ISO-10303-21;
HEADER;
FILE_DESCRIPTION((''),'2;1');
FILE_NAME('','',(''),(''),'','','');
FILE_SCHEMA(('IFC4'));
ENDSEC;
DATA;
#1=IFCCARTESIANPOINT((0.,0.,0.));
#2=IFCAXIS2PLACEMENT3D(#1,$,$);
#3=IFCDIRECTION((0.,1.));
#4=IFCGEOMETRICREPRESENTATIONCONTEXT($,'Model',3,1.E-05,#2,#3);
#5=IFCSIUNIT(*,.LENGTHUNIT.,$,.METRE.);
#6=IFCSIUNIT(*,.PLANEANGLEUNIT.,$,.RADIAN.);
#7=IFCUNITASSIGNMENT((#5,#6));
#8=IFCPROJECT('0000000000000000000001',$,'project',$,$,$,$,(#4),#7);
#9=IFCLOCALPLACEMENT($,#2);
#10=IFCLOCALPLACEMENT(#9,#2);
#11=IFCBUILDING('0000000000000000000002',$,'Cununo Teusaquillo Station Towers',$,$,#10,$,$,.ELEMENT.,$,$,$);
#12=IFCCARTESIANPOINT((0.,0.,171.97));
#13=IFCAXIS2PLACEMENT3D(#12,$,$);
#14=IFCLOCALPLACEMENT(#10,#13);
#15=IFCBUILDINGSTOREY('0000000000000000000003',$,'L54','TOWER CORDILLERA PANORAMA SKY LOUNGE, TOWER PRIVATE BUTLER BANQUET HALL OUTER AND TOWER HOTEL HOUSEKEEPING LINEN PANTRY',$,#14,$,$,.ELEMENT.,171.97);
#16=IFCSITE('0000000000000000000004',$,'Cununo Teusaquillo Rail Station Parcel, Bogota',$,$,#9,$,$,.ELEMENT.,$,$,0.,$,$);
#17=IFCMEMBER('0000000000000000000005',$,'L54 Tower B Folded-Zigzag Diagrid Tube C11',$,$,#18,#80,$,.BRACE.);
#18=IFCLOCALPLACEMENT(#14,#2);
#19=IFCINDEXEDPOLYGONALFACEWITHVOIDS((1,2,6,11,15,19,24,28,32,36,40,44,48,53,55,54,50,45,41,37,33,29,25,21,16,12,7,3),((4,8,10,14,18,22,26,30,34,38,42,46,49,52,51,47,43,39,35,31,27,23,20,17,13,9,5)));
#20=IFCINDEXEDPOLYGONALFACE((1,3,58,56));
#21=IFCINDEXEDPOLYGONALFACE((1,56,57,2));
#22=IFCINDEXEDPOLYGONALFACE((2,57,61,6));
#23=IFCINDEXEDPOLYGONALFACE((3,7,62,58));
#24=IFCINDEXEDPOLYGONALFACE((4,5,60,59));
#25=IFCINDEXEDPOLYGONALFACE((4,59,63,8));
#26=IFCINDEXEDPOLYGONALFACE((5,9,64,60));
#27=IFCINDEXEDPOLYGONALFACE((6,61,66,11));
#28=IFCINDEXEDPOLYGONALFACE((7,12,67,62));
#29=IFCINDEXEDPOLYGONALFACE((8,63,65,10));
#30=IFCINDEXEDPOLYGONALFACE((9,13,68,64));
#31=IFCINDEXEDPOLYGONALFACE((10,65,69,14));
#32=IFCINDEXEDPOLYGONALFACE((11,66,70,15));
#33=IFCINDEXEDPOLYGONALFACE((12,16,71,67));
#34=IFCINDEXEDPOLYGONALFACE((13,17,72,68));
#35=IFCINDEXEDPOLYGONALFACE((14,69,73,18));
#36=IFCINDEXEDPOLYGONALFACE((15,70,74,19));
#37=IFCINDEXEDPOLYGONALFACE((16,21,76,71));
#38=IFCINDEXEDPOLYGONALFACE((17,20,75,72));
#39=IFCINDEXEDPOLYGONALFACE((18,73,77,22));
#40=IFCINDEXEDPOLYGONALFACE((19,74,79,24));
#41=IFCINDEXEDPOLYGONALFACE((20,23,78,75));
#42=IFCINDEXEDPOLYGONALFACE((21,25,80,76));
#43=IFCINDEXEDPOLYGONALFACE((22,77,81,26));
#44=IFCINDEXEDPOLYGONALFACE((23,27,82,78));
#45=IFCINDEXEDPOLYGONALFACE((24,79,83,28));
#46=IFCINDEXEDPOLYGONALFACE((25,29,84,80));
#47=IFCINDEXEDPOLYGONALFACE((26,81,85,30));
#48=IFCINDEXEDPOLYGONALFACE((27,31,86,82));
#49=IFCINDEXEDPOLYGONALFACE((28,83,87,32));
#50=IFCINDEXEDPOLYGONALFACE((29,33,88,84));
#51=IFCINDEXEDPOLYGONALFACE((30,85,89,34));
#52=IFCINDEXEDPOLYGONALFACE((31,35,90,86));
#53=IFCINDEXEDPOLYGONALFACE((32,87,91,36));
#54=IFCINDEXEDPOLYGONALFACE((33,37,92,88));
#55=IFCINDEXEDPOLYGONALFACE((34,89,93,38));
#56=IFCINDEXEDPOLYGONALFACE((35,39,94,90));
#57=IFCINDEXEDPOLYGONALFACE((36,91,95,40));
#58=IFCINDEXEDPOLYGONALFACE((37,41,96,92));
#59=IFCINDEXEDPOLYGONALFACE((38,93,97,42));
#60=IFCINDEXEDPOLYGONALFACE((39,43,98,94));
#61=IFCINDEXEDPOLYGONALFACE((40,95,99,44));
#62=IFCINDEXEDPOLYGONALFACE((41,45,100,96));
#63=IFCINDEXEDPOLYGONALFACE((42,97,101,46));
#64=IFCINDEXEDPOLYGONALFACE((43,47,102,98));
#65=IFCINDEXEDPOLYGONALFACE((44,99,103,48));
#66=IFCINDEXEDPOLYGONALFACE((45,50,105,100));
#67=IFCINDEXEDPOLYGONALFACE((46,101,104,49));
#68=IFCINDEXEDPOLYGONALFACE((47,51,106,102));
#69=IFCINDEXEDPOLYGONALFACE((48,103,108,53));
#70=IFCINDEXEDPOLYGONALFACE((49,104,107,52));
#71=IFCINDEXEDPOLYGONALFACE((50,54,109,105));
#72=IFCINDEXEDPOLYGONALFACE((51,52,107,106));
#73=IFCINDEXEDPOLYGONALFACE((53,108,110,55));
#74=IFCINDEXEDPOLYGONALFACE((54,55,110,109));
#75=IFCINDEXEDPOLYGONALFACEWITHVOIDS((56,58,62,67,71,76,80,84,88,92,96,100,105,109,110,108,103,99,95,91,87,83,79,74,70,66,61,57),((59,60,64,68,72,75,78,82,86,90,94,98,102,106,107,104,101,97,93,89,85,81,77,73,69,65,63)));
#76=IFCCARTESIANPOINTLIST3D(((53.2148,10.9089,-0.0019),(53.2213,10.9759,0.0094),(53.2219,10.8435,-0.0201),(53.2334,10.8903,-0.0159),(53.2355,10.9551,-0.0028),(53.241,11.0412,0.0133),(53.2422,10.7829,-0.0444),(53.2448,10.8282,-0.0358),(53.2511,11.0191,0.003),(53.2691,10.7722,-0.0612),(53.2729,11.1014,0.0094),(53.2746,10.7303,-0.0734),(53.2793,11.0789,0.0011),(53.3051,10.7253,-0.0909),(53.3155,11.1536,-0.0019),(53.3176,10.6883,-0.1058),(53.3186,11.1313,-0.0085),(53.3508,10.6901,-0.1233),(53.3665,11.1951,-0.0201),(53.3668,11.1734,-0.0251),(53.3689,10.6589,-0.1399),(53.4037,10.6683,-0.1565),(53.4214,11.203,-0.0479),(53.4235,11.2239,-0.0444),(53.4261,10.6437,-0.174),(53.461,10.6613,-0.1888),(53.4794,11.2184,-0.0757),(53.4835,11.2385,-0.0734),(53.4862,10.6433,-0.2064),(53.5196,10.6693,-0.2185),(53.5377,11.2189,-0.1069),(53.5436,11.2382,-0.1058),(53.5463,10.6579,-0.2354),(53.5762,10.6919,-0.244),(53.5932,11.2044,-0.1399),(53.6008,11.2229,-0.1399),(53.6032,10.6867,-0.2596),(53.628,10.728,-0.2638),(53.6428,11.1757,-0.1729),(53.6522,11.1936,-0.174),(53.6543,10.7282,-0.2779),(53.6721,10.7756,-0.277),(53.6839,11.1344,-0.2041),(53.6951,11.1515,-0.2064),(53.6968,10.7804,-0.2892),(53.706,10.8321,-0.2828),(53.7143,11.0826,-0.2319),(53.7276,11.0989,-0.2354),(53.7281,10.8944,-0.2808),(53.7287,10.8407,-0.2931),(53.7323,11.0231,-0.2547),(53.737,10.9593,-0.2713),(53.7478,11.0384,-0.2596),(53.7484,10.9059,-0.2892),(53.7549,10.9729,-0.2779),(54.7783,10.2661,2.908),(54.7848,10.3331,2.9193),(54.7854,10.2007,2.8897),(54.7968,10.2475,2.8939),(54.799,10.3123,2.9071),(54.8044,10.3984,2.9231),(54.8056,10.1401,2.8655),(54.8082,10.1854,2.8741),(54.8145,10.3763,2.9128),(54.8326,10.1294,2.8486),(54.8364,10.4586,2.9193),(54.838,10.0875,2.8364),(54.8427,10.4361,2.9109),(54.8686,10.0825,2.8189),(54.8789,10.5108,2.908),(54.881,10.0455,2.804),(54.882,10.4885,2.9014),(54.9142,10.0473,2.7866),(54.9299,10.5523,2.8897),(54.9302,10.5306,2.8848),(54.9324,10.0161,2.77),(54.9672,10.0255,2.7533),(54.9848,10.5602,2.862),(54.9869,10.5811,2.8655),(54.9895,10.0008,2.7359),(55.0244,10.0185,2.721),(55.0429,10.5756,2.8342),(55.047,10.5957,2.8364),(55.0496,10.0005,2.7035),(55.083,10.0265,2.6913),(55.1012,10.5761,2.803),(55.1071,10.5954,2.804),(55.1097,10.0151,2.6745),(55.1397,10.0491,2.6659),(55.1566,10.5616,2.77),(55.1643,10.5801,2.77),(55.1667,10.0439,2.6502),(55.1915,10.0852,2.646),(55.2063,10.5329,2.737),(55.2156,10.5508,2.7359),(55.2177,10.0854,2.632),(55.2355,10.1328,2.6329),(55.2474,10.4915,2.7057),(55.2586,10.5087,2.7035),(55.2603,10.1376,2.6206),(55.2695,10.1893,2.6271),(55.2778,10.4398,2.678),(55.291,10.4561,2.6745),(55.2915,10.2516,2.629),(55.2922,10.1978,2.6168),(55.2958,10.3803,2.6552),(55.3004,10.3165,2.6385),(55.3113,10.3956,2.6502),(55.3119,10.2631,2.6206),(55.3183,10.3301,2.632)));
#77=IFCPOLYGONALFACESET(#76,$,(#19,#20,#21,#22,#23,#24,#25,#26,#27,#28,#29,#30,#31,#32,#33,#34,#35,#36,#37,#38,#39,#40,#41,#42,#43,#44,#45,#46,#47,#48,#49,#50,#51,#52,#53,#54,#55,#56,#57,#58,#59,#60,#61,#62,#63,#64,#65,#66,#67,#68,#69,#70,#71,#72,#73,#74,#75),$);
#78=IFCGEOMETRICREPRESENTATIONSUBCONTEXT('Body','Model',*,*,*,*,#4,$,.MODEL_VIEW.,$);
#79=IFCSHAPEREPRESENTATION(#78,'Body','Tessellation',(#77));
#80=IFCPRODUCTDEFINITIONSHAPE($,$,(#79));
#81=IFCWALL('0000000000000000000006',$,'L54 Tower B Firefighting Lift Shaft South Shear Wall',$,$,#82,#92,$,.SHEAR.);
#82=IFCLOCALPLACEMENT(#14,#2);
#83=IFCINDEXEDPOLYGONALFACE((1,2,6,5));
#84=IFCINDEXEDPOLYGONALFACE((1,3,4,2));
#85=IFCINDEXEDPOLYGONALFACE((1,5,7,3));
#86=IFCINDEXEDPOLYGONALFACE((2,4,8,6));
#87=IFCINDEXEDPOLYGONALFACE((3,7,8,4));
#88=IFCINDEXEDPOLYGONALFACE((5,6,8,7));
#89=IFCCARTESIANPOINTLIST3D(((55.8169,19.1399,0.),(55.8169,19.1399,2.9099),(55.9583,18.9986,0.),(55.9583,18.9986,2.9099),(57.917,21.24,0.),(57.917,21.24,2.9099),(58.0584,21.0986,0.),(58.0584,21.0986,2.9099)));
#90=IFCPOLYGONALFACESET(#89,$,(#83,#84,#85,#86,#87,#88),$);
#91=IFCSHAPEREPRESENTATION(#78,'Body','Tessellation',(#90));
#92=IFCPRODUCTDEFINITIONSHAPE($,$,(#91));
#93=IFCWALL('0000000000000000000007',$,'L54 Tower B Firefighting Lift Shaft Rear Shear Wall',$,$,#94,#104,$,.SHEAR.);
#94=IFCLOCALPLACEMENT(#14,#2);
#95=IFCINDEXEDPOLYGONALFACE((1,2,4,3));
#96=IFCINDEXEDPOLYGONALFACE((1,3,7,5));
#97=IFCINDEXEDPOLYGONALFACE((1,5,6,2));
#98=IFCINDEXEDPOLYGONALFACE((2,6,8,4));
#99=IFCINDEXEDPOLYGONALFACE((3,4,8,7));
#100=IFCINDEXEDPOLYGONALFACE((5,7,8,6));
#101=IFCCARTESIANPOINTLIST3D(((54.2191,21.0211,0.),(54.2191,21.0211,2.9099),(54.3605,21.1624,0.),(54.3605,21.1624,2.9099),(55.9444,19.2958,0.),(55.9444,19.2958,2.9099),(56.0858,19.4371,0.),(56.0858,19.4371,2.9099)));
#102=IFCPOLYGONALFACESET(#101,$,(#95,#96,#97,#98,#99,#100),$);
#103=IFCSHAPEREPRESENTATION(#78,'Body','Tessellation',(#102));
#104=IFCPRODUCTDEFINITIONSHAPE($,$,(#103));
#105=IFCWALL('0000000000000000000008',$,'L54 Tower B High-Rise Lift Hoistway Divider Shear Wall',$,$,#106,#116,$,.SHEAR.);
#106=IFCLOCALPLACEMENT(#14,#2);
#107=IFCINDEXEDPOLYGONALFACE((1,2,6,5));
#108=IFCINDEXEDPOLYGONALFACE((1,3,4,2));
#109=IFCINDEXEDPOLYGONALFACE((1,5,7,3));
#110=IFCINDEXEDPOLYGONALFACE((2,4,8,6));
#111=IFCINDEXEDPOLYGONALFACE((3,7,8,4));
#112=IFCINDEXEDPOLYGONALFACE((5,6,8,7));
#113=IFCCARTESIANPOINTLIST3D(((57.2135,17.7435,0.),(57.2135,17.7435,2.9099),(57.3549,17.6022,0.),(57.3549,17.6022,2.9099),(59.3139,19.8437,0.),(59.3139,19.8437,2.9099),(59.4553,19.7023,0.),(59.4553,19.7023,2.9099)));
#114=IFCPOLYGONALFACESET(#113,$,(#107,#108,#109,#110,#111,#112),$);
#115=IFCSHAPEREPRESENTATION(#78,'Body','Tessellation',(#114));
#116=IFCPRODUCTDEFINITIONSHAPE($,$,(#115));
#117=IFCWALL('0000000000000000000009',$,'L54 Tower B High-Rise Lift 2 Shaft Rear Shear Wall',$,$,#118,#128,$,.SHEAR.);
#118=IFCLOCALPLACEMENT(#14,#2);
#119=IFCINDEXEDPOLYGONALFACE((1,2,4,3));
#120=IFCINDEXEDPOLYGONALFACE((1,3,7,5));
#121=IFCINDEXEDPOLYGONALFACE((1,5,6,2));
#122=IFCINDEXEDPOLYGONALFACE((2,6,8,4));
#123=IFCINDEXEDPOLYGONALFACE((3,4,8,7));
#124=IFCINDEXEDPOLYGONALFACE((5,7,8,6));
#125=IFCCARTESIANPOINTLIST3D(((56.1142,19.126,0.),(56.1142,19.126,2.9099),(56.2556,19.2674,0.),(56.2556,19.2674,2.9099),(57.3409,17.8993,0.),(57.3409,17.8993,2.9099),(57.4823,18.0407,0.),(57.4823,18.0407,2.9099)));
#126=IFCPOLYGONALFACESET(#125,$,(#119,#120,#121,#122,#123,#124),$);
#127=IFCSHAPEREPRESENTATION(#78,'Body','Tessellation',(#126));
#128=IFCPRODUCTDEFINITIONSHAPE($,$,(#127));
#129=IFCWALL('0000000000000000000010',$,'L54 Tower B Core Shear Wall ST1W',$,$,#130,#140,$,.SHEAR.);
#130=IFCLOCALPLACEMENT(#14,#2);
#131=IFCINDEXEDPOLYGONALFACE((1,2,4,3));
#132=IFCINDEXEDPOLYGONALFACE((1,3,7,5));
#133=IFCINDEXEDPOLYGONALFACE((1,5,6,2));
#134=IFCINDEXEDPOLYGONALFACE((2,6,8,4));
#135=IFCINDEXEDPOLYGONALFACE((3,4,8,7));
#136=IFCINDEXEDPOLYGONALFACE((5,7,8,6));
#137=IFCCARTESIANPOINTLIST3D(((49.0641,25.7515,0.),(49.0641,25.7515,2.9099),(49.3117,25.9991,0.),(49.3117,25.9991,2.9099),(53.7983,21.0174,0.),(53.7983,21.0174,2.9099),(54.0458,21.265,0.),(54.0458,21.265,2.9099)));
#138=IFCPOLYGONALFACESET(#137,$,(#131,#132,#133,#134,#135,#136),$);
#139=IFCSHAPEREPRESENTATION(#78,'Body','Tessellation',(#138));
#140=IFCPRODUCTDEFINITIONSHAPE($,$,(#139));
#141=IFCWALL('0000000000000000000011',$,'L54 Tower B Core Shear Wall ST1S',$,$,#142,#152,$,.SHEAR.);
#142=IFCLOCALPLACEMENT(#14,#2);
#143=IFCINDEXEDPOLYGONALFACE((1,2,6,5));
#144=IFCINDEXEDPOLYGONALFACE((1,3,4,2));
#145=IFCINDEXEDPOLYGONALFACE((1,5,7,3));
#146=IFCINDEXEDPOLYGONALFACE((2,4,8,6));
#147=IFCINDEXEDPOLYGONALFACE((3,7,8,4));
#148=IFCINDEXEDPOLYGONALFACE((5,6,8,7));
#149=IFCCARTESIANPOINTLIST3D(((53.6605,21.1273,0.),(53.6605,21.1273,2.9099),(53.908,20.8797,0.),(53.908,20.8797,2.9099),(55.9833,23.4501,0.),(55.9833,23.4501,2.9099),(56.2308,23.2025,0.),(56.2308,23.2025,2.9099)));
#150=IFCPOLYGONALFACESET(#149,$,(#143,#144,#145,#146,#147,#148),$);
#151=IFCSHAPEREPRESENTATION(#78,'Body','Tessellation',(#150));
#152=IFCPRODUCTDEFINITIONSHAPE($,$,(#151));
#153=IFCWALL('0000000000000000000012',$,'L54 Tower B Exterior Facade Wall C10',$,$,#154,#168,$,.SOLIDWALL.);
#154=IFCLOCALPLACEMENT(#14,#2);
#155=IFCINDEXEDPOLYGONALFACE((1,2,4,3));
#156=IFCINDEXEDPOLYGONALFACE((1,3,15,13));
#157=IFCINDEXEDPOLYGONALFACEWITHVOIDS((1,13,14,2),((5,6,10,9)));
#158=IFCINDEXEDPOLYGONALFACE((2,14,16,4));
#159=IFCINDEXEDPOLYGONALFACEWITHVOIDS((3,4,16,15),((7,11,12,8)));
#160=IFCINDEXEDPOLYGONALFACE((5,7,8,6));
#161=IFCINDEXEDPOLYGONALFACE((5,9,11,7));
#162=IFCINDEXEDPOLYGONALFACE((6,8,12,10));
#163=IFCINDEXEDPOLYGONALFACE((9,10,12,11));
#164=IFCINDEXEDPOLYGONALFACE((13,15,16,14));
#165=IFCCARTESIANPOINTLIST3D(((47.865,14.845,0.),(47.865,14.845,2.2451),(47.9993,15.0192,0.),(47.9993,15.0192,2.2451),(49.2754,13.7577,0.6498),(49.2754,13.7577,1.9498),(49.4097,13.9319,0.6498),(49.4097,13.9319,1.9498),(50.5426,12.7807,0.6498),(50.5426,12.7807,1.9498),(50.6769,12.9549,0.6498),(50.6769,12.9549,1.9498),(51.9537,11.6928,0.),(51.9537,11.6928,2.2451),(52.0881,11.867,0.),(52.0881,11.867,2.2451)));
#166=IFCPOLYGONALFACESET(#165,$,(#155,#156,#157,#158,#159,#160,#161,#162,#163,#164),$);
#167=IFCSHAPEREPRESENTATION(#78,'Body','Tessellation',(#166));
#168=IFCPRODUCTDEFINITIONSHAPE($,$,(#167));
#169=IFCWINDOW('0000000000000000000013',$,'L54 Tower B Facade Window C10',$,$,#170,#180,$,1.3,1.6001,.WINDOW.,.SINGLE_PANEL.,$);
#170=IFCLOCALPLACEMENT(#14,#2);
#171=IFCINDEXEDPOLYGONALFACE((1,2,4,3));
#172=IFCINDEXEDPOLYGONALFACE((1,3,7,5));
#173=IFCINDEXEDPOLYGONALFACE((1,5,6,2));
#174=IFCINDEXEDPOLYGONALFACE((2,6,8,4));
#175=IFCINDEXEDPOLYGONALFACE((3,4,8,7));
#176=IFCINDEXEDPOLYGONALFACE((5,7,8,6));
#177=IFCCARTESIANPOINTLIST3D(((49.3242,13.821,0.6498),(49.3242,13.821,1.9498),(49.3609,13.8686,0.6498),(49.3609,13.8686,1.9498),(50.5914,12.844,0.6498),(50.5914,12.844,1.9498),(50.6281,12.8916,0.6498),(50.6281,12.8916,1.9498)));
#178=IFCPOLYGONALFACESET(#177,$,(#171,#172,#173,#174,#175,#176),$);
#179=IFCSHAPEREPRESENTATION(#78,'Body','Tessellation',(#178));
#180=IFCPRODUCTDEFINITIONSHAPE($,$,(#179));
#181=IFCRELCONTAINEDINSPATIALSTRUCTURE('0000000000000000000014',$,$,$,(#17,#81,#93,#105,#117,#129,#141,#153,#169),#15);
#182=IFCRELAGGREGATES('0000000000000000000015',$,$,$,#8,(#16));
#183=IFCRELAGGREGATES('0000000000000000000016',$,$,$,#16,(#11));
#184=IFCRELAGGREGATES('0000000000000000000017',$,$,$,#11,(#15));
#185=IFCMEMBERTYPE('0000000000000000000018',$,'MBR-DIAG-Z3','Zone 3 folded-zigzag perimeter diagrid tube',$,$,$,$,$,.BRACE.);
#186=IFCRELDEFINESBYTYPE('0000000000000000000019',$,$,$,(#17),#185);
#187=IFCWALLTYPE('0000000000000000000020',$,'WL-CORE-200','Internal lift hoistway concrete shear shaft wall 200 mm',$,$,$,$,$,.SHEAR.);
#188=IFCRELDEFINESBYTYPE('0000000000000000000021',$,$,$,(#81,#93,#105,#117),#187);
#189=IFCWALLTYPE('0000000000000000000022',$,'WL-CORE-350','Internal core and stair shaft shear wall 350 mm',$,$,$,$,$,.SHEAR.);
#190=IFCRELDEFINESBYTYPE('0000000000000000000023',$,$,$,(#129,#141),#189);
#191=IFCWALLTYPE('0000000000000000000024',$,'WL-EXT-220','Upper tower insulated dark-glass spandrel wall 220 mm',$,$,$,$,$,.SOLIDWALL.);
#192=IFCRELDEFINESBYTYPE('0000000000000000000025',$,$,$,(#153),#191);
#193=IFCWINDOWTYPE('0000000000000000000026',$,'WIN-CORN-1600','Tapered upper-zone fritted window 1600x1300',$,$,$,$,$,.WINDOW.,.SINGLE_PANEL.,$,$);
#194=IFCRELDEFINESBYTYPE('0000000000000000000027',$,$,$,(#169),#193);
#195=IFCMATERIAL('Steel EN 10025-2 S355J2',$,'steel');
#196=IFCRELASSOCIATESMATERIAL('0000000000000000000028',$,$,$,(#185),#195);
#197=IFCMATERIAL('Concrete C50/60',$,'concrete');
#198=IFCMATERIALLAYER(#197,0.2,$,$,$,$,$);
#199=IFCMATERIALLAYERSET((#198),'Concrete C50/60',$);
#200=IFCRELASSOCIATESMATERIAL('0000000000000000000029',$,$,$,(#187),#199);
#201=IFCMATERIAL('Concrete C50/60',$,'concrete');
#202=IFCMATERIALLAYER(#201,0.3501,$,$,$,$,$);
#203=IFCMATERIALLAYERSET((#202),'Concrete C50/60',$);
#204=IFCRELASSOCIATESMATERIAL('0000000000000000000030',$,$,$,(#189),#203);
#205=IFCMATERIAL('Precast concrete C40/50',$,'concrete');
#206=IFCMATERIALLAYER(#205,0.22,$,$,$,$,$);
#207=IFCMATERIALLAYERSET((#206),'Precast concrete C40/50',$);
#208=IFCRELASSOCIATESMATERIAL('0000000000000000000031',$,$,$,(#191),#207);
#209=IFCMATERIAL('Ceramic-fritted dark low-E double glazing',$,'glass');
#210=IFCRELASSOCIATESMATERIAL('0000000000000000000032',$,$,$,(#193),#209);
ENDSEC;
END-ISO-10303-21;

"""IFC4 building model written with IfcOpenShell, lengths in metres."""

from ifc_helpers import new_model, si_unit, direction, frame, frame_2d, origin, origin_2d, place, context, subcontext, project, spatial, rectangle, hollow_circle, extrude, source, transform, mapped, material, layer, layer_set, material_profile, profile_set, type_object, element, fill, save


model = new_model("IFC4")

# Units and contexts
model_context = context("Model", 3, precision=1e-05, world=origin(), true_north=direction((0.0, 1.0)))
body_context = subcontext(model_context, "Body", "Model", "MODEL_VIEW")
ifc_project = project(units=[si_unit("LENGTHUNIT", "METRE"), si_unit("PLANEANGLEUNIT", "RADIAN")], contexts=[model_context])

# Site, building, storey
site_placement = place(None, origin())
site = spatial("IfcSite", under=ifc_project, at=site_placement, Name="Cununo Teusaquillo Rail Station Parcel, Bogota", CompositionType="ELEMENT", RefElevation=0.0)
building_placement = place(site_placement, origin())
building = spatial("IfcBuilding", under=site, at=building_placement, Name="Cununo Teusaquillo Station Towers", CompositionType="ELEMENT")
storey_placement = place(building_placement, frame((0.0, 0.0, 171.97)))
storey = spatial("IfcBuildingStorey", under=building, at=storey_placement, Name="L54", Description="TOWER CORDILLERA PANORAMA SKY LOUNGE, TOWER PRIVATE BUTLER BANQUET HALL OUTER AND TOWER HOTEL HOUSEKEEPING LINEN PANTRY", CompositionType="ELEMENT", Elevation=171.97)

# Member
ifc_material_1 = material(Name="Steel EN 10025-2 S355J2", Category="steel")
ifc_material_profile_1 = material_profile(ifc_material_1, hollow_circle(Radius=0.3049, WallThickness=0.02, at=origin_2d()), Name="CHS 610x20")
ifc_profile_set_1 = profile_set([ifc_material_profile_1], Name="Steel EN 10025-2 S355J2")
member_type = type_object("IfcMemberType", Name="MBR-DIAG-Z3", Description="Zone 3 folded-zigzag perimeter diagrid tube", PredefinedType="BRACE", material=ifc_profile_set_1)
member_placement = place(storey_placement, frame((53.4849, 10.9409, -0.1399), z_axis=(0.464587, -0.191015, 0.86468), x_axis=(0.380263, 0.924878, 0.0)))
element("IfcMember", 1, at=member_placement, inside=storey, type_object=member_type, Name="L54 Tower B Folded-Zigzag Diagrid Tube C11", PredefinedType="BRACE", context=body_context, shape_type="SweptSolid", body=[
    extrude(hollow_circle(Radius=0.3049, WallThickness=0.02, at=origin_2d()), origin(), (0.0, 0.0, 1.0), 3.3652),
])

# Walls
ifc_material_2 = material(Name="Concrete C50/60", Category="concrete")
ifc_layer_1 = layer(ifc_material_2, 0.2)
ifc_layer_set_1 = layer_set([ifc_layer_1], Name="Concrete C50/60")
wall_type_1 = type_object("IfcWallType", Name="WL-CORE-200", Description="Internal lift hoistway concrete shear shaft wall 200 mm", PredefinedType="SHEAR", material=ifc_layer_set_1)
wall_1_placement = place(storey_placement, frame((55.8877, 19.0693, 0.0), z_axis=(0.0, 0.0, 1.0), x_axis=(0.707107, 0.707107, 0.0)))
element("IfcWall", 2, at=wall_1_placement, inside=storey, type_object=wall_type_1, Name="L54 Tower B Firefighting Lift Shaft South Shear Wall", PredefinedType="SHEAR", context=body_context, shape_type="SweptSolid", body=[
    extrude(rectangle(XDim=2.97, YDim=0.2, at=frame_2d((1.4849, 0.0))), origin(), (0.0, 0.0, 1.0), 2.9099),
])
wall_2_placement = place(storey_placement, frame((56.0151, 19.3665, 0.0), z_axis=(0.0, 0.0, 1.0), x_axis=(-0.707107, 0.707107, 0.0)))
element("IfcWall", 3, at=wall_2_placement, inside=storey, type_object=wall_type_1, Name="L54 Tower B Firefighting Lift Shaft Rear Shear Wall", PredefinedType="SHEAR", context=body_context, shape_type="SweptSolid", body=[
    extrude(rectangle(XDim=2.4399, YDim=0.2, at=frame_2d((1.22, 0.0))), origin(), (0.0, 0.0, 1.0), 2.9099),
])
wall_3_placement = place(storey_placement, frame((57.2842, 17.6729, 0.0), z_axis=(0.0, 0.0, 1.0), x_axis=(0.707148, 0.707066, 0.0)))
element("IfcWall", 4, at=wall_3_placement, inside=storey, type_object=wall_type_1, Name="L54 Tower B High-Rise Lift Hoistway Divider Shear Wall", PredefinedType="SHEAR", context=body_context, shape_type="SweptSolid", body=[
    extrude(rectangle(XDim=2.9702, YDim=0.2, at=frame_2d((1.4851, 0.0))), origin(), (0.0, 0.0, 1.0), 2.9099),
])
wall_4_placement = place(storey_placement, frame((57.4116, 17.97, 0.0), z_axis=(0.0, 0.0, 1.0), x_axis=(-0.707107, 0.707107, 0.0)))
element("IfcWall", 5, at=wall_4_placement, inside=storey, type_object=wall_type_1, Name="L54 Tower B High-Rise Lift 2 Shaft Rear Shear Wall", PredefinedType="SHEAR", context=body_context, shape_type="SweptSolid", body=[
    extrude(rectangle(XDim=1.7349, YDim=0.2, at=frame_2d((0.8674, 0.0))), origin(), (0.0, 0.0, 1.0), 2.9099),
])
ifc_material_3 = material(Name="Concrete C50/60", Category="concrete")
ifc_layer_2 = layer(ifc_material_3, 0.3501)
ifc_layer_set_2 = layer_set([ifc_layer_2], Name="Concrete C50/60")
wall_type_2 = type_object("IfcWallType", Name="WL-CORE-350", Description="Internal core and stair shaft shear wall 350 mm", PredefinedType="SHEAR", material=ifc_layer_set_2)
wall_5_placement = place(storey_placement, frame((53.9221, 21.1411, 0.0), z_axis=(0.0, 0.0, 1.0), x_axis=(-0.707107, 0.707107, 0.0)))
element("IfcWall", 6, at=wall_5_placement, inside=storey, type_object=wall_type_2, Name="L54 Tower B Core Shear Wall ST1W", PredefinedType="SHEAR", context=body_context, shape_type="SweptSolid", body=[
    extrude(rectangle(XDim=6.6951, YDim=0.3501, at=frame_2d((3.3477, 0.0))), origin(), (0.0, 0.0, 1.0), 2.9099),
])
wall_6_placement = place(storey_placement, frame((53.7842, 21.0034, 0.0), z_axis=(0.0, 0.0, 1.0), x_axis=(0.707107, 0.707107, 0.0)))
element("IfcWall", 7, at=wall_6_placement, inside=storey, type_object=wall_type_2, Name="L54 Tower B Core Shear Wall ST1S", PredefinedType="SHEAR", context=body_context, shape_type="SweptSolid", body=[
    extrude(rectangle(XDim=3.2849, YDim=0.3501, at=frame_2d((1.6426, 0.0))), origin(), (0.0, 0.0, 1.0), 2.9099),
])

# Wall, opening, window
ifc_material_4 = material(Name="Precast concrete C40/50", Category="concrete")
ifc_layer_3 = layer(ifc_material_4, 0.22)
ifc_layer_set_3 = layer_set([ifc_layer_3], Name="Precast concrete C40/50")
wall_type_3 = type_object("IfcWallType", Name="WL-EXT-220", Description="Upper tower insulated dark-glass spandrel wall 220 mm", PredefinedType="SOLIDWALL", material=ifc_layer_set_3)
wall_7_placement = place(storey_placement, frame((52.021, 11.7798, 0.0), z_axis=(0.0, 0.0, 1.0), x_axis=(-0.791963, 0.61057, 0.0)))
wall_7 = element("IfcWall", 8, at=wall_7_placement, inside=storey, type_object=wall_type_3, Name="L54 Tower B Exterior Facade Wall C10", PredefinedType="SOLIDWALL", context=body_context, shape_type="SweptSolid", body=[
    extrude(rectangle(XDim=5.1628, YDim=0.22, at=frame_2d((2.5815, 0.0))), origin(), (0.0, 0.0, 1.0), 2.2451),
])
shared_shape_1 = source(origin(), body_context, "Body", "SweptSolid", [
    extrude(rectangle(XDim=1.6001, YDim=1.3, at=frame_2d((0.8, 0.6499))), frame((0.0, 0.1199, 0.0), z_axis=(0.0, -1.0, 0.0), x_axis=(1.0, 0.0, 0.0)), (0.0, 0.0, 1.0), 0.24),
])
opening_1_placement = place(wall_7_placement, frame((1.782, 0.0, 0.6499)))
opening_1 = element("IfcOpeningElement", 9, at=opening_1_placement, cuts=wall_7, PredefinedType="OPENING", context=body_context, shape_type="MappedRepresentation", body=[
    mapped(shared_shape_1, transform((0.0, 0.0, 0.0), x_axis=(1.0, 0.0, 0.0), y_axis=(0.0, 1.0, 0.0), z_axis=(0.0, 0.0, 1.0), scale=1.0)),
])
ifc_material_5 = material(Name="Ceramic-fritted dark low-E double glazing", Category="glass")
window_type = type_object("IfcWindowType", Name="WIN-CORN-1600", Description="Tapered upper-zone fritted window 1600x1300", PartitioningType="SINGLE_PANEL", PredefinedType="WINDOW", material=ifc_material_5)
shared_shape_2 = source(origin(), body_context, "Body", "SweptSolid", [
    extrude(rectangle(XDim=1.6001, YDim=1.3, at=frame_2d((0.8, 0.6499))), frame((0.0, 0.03, 0.0), z_axis=(0.0, -1.0, 0.0), x_axis=(1.0, 0.0, 0.0)), (0.0, 0.0, 1.0), 0.0601),
])
window_placement = place(opening_1_placement, origin())
window = element("IfcWindow", 10, at=window_placement, inside=storey, type_object=window_type, Name="L54 Tower B Facade Window C10", OverallHeight=1.3, OverallWidth=1.6001, PartitioningType="SINGLE_PANEL", PredefinedType="WINDOW", context=body_context, shape_type="MappedRepresentation", body=[
    mapped(shared_shape_2, transform((0.0, 0.0, 0.0), x_axis=(1.0, 0.0, 0.0), y_axis=(0.0, 1.0, 0.0), z_axis=(0.0, 0.0, 1.0), scale=1.0)),
])
fill(opening_1, window)

save(model, "model.ifc")
